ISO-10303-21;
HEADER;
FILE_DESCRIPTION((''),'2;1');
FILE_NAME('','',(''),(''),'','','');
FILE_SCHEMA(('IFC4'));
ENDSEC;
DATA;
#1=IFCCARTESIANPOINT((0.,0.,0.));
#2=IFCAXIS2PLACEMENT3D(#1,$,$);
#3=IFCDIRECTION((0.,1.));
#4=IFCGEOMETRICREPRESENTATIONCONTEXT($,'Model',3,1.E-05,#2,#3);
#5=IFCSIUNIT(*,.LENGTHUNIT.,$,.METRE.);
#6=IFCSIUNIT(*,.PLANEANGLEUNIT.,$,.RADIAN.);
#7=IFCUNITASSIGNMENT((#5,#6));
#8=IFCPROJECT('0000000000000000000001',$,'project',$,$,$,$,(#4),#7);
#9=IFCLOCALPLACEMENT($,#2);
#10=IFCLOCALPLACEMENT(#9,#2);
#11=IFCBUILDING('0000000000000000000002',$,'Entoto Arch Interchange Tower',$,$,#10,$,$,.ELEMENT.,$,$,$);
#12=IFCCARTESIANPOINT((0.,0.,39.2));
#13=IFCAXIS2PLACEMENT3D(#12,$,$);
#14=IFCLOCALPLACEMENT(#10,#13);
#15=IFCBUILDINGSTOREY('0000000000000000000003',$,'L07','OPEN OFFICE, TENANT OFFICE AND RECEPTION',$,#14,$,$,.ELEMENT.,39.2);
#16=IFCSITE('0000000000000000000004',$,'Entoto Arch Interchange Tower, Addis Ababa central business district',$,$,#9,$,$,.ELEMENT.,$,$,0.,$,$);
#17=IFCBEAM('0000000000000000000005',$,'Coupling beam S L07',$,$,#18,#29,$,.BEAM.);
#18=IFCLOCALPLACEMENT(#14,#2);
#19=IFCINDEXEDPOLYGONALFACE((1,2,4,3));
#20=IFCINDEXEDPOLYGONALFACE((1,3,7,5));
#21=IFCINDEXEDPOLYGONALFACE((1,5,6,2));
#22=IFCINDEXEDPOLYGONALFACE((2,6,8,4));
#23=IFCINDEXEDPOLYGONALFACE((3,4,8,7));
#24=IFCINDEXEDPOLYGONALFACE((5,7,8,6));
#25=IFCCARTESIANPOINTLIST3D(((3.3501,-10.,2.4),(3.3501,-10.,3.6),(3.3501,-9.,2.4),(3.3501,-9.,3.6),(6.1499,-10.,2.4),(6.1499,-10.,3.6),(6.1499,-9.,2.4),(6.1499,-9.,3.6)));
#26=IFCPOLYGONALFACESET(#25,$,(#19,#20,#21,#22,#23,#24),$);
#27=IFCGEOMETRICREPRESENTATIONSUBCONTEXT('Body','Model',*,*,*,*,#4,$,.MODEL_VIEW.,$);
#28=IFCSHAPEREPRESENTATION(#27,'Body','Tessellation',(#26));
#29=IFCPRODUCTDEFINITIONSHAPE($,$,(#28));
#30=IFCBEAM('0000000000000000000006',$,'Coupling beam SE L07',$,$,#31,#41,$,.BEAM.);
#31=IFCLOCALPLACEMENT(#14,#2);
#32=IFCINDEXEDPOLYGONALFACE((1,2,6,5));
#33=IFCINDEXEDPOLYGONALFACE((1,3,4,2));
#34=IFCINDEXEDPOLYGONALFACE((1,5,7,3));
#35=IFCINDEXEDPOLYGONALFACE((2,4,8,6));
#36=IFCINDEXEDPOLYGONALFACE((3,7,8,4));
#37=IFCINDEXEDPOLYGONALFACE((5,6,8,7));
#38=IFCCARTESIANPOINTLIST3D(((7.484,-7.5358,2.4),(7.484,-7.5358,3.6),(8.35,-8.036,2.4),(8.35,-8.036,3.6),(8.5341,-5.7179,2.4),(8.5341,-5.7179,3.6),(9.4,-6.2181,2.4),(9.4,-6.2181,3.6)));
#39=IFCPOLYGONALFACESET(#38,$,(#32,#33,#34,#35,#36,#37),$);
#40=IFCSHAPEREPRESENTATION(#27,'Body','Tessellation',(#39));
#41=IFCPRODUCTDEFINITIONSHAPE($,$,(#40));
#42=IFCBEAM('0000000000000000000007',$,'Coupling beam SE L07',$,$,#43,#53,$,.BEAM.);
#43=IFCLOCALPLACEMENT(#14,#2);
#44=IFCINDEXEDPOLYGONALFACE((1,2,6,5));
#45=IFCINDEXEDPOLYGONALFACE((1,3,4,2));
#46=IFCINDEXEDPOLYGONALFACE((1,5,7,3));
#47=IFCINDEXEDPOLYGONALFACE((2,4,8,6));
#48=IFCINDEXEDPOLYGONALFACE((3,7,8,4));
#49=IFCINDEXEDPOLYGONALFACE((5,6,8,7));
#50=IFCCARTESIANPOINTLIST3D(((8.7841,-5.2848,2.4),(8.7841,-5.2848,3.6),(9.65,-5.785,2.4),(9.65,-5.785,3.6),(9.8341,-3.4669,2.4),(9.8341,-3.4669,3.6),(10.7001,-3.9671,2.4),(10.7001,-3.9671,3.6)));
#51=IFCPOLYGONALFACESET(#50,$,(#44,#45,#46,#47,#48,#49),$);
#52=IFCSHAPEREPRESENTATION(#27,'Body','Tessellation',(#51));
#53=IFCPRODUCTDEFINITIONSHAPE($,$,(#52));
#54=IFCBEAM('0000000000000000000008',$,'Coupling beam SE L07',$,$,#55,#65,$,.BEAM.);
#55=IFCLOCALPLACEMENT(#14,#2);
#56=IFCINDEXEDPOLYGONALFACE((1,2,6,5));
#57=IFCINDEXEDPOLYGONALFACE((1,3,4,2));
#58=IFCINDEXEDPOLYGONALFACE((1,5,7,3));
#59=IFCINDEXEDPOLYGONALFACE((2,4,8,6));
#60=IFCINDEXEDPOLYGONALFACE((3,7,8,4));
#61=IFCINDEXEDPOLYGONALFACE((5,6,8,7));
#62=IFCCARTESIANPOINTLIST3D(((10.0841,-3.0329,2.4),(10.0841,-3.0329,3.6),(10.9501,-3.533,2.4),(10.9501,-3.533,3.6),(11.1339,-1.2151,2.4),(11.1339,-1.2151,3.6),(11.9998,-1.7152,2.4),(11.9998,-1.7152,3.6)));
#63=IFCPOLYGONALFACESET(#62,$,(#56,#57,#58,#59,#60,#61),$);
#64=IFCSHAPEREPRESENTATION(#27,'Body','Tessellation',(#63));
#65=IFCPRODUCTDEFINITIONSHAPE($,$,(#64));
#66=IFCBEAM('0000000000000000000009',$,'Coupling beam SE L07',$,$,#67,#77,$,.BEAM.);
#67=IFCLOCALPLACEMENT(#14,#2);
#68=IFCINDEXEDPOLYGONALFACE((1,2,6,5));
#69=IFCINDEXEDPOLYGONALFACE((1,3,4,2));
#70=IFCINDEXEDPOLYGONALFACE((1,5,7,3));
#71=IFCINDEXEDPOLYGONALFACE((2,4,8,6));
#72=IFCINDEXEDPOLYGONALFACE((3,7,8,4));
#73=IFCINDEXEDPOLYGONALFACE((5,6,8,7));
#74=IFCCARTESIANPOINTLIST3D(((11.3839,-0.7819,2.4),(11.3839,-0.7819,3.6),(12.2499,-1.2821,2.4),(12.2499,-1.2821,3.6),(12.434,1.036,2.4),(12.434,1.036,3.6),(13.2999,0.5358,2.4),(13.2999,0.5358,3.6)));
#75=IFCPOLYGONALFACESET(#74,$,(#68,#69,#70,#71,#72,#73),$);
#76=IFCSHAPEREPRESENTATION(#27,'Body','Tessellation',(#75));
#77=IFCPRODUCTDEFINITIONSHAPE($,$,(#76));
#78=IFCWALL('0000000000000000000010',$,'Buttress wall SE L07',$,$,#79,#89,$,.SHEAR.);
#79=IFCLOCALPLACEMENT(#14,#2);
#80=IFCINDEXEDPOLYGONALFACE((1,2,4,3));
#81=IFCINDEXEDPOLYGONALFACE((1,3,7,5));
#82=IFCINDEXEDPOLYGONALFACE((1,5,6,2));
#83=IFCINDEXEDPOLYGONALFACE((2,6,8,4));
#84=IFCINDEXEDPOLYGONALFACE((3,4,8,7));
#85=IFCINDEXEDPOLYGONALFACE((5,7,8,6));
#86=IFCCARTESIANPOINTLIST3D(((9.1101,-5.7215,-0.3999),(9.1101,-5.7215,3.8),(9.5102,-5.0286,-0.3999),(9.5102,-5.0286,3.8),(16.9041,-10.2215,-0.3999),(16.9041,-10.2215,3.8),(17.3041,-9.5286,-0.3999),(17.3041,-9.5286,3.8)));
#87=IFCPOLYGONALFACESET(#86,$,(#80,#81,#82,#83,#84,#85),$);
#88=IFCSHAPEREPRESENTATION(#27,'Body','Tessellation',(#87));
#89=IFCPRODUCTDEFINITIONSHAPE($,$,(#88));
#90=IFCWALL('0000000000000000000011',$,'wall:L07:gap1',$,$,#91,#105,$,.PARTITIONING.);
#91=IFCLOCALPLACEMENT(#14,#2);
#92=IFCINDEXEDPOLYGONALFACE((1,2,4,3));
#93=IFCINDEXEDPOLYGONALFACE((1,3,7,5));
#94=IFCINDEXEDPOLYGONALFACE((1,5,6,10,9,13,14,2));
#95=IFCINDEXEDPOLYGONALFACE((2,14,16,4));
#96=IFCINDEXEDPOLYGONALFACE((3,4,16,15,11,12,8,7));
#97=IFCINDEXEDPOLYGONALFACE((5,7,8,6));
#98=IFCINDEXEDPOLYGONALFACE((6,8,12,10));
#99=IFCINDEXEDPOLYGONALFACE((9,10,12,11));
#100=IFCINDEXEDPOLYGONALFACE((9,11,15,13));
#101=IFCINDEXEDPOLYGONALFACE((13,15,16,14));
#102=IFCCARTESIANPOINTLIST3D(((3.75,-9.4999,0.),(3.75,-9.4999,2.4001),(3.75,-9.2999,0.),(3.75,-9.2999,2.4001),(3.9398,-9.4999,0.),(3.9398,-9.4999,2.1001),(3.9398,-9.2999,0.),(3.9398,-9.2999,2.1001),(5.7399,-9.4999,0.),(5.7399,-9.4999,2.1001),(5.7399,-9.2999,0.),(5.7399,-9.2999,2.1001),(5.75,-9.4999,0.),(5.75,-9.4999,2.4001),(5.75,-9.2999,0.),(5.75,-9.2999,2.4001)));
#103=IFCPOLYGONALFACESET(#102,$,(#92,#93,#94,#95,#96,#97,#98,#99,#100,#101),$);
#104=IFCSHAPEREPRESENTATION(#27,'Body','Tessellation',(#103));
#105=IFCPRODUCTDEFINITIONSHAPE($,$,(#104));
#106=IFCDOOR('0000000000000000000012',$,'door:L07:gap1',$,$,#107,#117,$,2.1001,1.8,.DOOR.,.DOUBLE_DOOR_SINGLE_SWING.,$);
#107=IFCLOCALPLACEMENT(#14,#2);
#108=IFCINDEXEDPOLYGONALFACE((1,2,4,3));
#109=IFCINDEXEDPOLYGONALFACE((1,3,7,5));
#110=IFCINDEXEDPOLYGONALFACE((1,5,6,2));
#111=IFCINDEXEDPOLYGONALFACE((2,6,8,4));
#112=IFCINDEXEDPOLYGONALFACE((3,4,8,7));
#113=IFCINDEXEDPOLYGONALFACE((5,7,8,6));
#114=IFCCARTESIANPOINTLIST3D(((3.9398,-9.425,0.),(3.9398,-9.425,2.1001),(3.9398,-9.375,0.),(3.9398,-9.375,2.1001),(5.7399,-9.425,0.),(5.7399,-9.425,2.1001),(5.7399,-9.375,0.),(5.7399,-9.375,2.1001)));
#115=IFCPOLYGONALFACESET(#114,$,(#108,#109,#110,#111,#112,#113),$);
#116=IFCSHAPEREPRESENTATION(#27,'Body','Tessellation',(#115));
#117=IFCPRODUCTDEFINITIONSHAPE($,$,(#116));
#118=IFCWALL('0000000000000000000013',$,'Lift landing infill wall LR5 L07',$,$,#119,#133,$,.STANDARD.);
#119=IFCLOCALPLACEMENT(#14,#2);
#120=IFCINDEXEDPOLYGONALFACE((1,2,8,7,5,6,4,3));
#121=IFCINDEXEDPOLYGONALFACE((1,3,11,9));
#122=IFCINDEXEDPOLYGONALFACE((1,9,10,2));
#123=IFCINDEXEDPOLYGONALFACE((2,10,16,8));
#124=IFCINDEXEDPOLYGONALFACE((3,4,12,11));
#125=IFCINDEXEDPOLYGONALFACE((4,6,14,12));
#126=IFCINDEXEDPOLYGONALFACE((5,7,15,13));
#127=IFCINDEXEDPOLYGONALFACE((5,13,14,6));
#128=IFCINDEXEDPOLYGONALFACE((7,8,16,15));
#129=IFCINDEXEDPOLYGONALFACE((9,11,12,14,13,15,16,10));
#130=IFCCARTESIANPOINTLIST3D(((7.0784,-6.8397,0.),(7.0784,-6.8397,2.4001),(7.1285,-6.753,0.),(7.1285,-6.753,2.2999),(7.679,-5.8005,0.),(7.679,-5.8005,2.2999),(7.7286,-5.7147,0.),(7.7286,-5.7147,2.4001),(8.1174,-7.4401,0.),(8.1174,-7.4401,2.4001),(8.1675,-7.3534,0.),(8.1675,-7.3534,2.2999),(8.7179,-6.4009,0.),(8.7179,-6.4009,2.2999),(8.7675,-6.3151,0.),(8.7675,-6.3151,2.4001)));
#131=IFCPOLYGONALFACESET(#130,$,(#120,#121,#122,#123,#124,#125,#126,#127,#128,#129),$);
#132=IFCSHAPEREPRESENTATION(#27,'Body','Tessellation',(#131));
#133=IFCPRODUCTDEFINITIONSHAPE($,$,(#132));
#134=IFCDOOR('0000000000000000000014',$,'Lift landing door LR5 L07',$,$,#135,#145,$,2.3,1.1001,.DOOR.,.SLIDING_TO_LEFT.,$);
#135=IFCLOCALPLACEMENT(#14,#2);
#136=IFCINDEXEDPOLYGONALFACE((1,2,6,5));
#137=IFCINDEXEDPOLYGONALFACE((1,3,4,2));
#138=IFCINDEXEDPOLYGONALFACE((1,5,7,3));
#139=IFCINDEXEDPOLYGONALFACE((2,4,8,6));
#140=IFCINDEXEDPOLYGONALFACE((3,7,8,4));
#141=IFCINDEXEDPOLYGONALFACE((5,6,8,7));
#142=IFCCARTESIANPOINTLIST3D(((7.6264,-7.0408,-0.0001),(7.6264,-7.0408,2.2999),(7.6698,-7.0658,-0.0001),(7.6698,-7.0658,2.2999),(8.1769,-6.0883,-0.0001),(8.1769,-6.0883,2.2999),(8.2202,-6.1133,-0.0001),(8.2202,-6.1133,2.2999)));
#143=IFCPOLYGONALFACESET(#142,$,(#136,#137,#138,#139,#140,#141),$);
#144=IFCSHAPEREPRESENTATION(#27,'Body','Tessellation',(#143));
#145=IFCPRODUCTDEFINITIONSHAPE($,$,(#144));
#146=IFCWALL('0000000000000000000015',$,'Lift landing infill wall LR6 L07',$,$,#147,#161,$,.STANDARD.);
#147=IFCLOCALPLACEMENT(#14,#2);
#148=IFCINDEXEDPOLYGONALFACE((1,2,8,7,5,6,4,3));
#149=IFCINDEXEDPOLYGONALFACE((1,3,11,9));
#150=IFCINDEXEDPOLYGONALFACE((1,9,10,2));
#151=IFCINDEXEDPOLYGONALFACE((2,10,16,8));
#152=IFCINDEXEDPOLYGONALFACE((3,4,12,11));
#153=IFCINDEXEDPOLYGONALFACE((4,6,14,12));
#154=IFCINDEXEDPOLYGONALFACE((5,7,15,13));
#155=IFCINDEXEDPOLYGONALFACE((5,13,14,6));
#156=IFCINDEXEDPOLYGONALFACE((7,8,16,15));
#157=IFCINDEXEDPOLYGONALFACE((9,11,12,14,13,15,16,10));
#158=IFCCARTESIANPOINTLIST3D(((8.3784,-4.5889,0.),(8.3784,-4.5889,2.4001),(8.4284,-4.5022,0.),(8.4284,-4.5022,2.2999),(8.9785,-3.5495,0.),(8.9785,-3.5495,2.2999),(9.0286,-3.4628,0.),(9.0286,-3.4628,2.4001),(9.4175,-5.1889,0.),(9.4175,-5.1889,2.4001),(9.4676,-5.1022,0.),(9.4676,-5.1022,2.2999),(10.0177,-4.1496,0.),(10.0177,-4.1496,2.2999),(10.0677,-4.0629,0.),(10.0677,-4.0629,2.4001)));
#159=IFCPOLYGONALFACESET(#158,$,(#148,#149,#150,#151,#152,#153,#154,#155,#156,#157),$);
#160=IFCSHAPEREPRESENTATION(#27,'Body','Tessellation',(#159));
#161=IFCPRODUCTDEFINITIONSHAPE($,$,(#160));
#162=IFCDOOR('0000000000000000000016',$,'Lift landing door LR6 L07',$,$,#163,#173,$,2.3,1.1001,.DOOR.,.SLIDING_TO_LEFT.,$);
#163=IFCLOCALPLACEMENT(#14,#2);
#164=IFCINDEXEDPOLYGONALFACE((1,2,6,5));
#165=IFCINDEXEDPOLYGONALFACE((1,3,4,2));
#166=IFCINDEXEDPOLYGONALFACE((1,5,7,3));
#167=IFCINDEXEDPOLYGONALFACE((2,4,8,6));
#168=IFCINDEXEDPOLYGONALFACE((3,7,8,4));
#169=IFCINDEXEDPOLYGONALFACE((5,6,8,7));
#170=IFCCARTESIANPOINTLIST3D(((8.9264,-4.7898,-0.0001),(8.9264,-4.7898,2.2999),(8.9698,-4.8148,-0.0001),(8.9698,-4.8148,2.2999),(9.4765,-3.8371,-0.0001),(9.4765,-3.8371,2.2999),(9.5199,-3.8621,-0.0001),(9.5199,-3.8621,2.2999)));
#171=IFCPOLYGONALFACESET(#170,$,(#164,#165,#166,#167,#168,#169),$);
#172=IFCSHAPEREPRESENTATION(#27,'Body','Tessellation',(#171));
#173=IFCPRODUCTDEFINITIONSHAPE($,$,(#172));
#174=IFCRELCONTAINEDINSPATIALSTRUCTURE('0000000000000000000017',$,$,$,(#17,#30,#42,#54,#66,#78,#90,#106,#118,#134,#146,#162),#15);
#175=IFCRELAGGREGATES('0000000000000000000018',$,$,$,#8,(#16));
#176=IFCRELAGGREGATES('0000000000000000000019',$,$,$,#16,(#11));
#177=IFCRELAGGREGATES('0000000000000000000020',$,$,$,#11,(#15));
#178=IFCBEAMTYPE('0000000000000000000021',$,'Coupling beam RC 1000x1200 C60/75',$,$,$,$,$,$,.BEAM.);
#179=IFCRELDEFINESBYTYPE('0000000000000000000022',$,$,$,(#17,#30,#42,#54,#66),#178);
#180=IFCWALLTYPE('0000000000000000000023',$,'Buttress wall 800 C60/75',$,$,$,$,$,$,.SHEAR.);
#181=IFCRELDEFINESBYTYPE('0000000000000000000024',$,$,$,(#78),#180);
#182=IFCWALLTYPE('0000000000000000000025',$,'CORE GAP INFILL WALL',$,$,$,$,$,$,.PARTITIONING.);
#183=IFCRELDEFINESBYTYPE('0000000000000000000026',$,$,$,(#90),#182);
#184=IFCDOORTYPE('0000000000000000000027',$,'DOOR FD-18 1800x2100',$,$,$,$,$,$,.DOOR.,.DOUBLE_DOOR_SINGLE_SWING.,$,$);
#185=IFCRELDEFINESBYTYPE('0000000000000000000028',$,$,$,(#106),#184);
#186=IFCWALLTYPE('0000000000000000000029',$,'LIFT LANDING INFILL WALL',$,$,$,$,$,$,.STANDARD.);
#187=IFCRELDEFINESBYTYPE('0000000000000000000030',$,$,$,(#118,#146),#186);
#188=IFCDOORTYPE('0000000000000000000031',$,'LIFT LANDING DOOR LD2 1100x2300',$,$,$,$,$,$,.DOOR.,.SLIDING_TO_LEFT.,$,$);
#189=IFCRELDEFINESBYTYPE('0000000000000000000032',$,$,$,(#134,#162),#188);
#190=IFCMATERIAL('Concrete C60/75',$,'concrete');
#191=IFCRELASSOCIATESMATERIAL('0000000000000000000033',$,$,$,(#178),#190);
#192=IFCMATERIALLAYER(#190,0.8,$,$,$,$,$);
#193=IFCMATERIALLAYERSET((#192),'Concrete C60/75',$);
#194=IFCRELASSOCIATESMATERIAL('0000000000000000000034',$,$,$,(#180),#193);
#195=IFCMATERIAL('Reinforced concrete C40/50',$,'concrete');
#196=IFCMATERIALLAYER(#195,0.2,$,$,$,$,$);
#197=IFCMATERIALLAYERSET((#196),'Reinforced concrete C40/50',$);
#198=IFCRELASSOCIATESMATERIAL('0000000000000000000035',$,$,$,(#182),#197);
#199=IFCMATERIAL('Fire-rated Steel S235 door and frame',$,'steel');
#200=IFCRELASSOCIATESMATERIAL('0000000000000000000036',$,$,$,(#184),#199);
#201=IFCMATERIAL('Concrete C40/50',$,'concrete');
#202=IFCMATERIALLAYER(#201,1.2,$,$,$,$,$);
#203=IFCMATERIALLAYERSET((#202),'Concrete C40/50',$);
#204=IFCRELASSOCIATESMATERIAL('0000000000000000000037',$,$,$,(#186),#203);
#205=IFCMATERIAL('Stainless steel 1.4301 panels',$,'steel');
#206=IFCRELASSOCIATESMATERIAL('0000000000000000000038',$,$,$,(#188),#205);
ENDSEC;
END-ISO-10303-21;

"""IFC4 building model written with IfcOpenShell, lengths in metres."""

from ifc_helpers import new_model, si_unit, direction, frame, frame_2d, origin, origin_2d, place, context, subcontext, project, spatial, rectangle, extrude, material, layer, layer_set, material_profile, profile_set, type_object, element, fill, save


model = new_model("IFC4")

# Units and contexts
model_context = context("Model", 3, precision=1e-05, world=origin(), true_north=direction((0.0, 1.0)))
body_context = subcontext(model_context, "Body", "Model", "MODEL_VIEW")
ifc_project = project(units=[si_unit("LENGTHUNIT", "METRE"), si_unit("PLANEANGLEUNIT", "RADIAN")], contexts=[model_context])

# Site, building, storey
site_placement = place(None, origin())
site = spatial("IfcSite", under=ifc_project, at=site_placement, Name="Entoto Arch Interchange Tower, Addis Ababa central business district", CompositionType="ELEMENT", RefElevation=0.0)
building_placement = place(site_placement, origin())
building = spatial("IfcBuilding", under=site, at=building_placement, Name="Entoto Arch Interchange Tower", CompositionType="ELEMENT")
storey_placement = place(building_placement, frame((0.0, 0.0, 39.2)))
storey = spatial("IfcBuildingStorey", under=building, at=storey_placement, Name="L07", Description="OPEN OFFICE, TENANT OFFICE AND RECEPTION", CompositionType="ELEMENT", Elevation=39.2)

# Beams
ifc_material_1 = material(Name="Concrete C60/75", Category="concrete")
ifc_material_profile = material_profile(ifc_material_1, rectangle(XDim=1.0, YDim=1.2, at=origin_2d()))
ifc_profile_set = profile_set([ifc_material_profile], Name="Concrete C60/75")
beam_type = type_object("IfcBeamType", Name="Coupling beam RC 1000x1200 C60/75", PredefinedType="BEAM", material=ifc_profile_set)
beam_1_placement = place(storey_placement, frame((3.3501, -9.5, 3.0), z_axis=(1.0, 0.0, 0.0), x_axis=(0.0, 1.0, 0.0)))
element("IfcBeam", 1, at=beam_1_placement, inside=storey, type_object=beam_type, Name="Coupling beam S L07", PredefinedType="BEAM", context=body_context, shape_type="SweptSolid", body=[
    extrude(rectangle(XDim=1.0, YDim=1.2, at=origin_2d()), origin(), (0.0, 0.0, 1.0), 2.7998),
])
for number, where, z_axis, x_axis, name in (
    (2, (7.917, -7.7859, 3.0), (0.500179, 0.865922, 0.0), (-0.865922, 0.500179, 0.0), "Coupling beam SE L07"),
    (3, (9.217, -5.5349, 3.0), (0.500179, 0.865922, 0.0), (-0.865922, 0.500179, 0.0), "Coupling beam SE L07"),
):
    element("IfcBeam", number, at=place(storey_placement, frame(where, z_axis=z_axis, x_axis=x_axis)), inside=storey, type_object=beam_type, Name=name, PredefinedType="BEAM", context=body_context, shape_type="SweptSolid", body=[
        extrude(rectangle(XDim=1.0, YDim=1.2, at=origin_2d()), origin(), (0.0, 0.0, 1.0), 2.0994),
    ])
beam_2_placement = place(storey_placement, frame((10.5171, -3.283, 3.0), z_axis=(0.500092, 0.865973, 0.0), x_axis=(-0.865973, 0.500092, 0.0)))
element("IfcBeam", 4, at=beam_2_placement, inside=storey, type_object=beam_type, Name="Coupling beam SE L07", PredefinedType="BEAM", context=body_context, shape_type="SweptSolid", body=[
    extrude(rectangle(XDim=1.0, YDim=1.2, at=origin_2d()), origin(), (0.0, 0.0, 1.0), 2.0991),
])
beam_3_placement = place(storey_placement, frame((11.8169, -1.032, 3.0), z_axis=(0.500179, 0.865922, 0.0), x_axis=(-0.865922, 0.500179, 0.0)))
element("IfcBeam", 5, at=beam_3_placement, inside=storey, type_object=beam_type, Name="Coupling beam SE L07", PredefinedType="BEAM", context=body_context, shape_type="SweptSolid", body=[
    extrude(rectangle(XDim=1.0, YDim=1.2, at=origin_2d()), origin(), (0.0, 0.0, 1.0), 2.0994),
])

# Wall
ifc_layer_1 = layer(ifc_material_1, 0.8)
ifc_layer_set_1 = layer_set([ifc_layer_1], Name="Concrete C60/75")
wall_type_1 = type_object("IfcWallType", Name="Buttress wall 800 C60/75", PredefinedType="SHEAR", material=ifc_layer_set_1)
wall_1_placement = place(storey_placement, frame((9.3101, -5.375, -0.3999), z_axis=(0.0, 0.0, 1.0), x_axis=(0.866018, -0.500014, 0.0)))
element("IfcWall", 6, at=wall_1_placement, inside=storey, type_object=wall_type_1, Name="Buttress wall SE L07", PredefinedType="SHEAR", context=body_context, shape_type="SweptSolid", body=[
    extrude(rectangle(XDim=8.9998, YDim=0.8, at=frame_2d((4.5, 0.0))), origin(), (0.0, 0.0, 1.0), 4.2),
])

# Walls, openings, doors
ifc_material_2 = material(Name="Reinforced concrete C40/50", Category="concrete")
ifc_layer_2 = layer(ifc_material_2, 0.2)
ifc_layer_set_2 = layer_set([ifc_layer_2], Name="Reinforced concrete C40/50")
wall_type_2 = type_object("IfcWallType", Name="CORE GAP INFILL WALL", PredefinedType="PARTITIONING", material=ifc_layer_set_2)
wall_2_placement = place(storey_placement, frame((3.75, -9.3999, 0.0), z_axis=(0.0, 0.0, 1.0), x_axis=(1.0, 0.0, 0.0)))
wall_2 = element("IfcWall", 7, at=wall_2_placement, inside=storey, type_object=wall_type_2, Name="wall:L07:gap1", PredefinedType="PARTITIONING", context=body_context, shape_type="SweptSolid", body=[
    extrude(rectangle(XDim=2.0, YDim=0.2, at=frame_2d((1.0, 0.0))), origin(), (0.0, 0.0, 1.0), 2.4001),
])
opening_1_placement = place(wall_2_placement, frame((0.1899, 0.0, 0.0)))
opening_1 = element("IfcOpeningElement", 8, at=opening_1_placement, cuts=wall_2, PredefinedType="OPENING", context=body_context, shape_type="SweptSolid", body=[
    extrude(rectangle(XDim=1.8, YDim=2.1001, at=frame_2d((0.8999, 1.05))), frame((0.0, 0.1099, 0.0), z_axis=(0.0, -1.0, 0.0), x_axis=(1.0, 0.0, 0.0)), (0.0, 0.0, 1.0), 0.22),
])
ifc_material_3 = material(Name="Fire-rated Steel S235 door and frame", Category="steel")
door_type_1 = type_object("IfcDoorType", Name="DOOR FD-18 1800x2100", OperationType="DOUBLE_DOOR_SINGLE_SWING", PredefinedType="DOOR", material=ifc_material_3)
door_1_placement = place(opening_1_placement, origin())
door_1 = element("IfcDoor", 9, at=door_1_placement, inside=storey, type_object=door_type_1, Name="door:L07:gap1", OperationType="DOUBLE_DOOR_SINGLE_SWING", OverallHeight=2.1001, OverallWidth=1.8, PredefinedType="DOOR", context=body_context, shape_type="SweptSolid", body=[
    extrude(rectangle(XDim=1.8, YDim=2.1001, at=frame_2d((0.8999, 1.05))), frame((0.0, 0.0249, 0.0), z_axis=(0.0, -1.0, 0.0), x_axis=(1.0, 0.0, 0.0)), (0.0, 0.0, 1.0), 0.05),
])
fill(opening_1, door_1)
ifc_material_4 = material(Name="Concrete C40/50", Category="concrete")
ifc_layer_3 = layer(ifc_material_4, 1.2)
ifc_layer_set_3 = layer_set([ifc_layer_3], Name="Concrete C40/50")
wall_type_3 = type_object("IfcWallType", Name="LIFT LANDING INFILL WALL", PredefinedType="STANDARD", material=ifc_layer_set_3)
wall_3_placement = place(storey_placement, frame((7.5979, -7.1399, 0.0), z_axis=(0.0, 0.0, 1.0), x_axis=(0.500362, 0.865816, 0.0)))
wall_3 = element("IfcWall", 10, at=wall_3_placement, inside=storey, type_object=wall_type_3, Name="Lift landing infill wall LR5 L07", PredefinedType="STANDARD", context=body_context, shape_type="SweptSolid", body=[
    extrude(rectangle(XDim=1.2993, YDim=1.2, at=frame_2d((0.6497, 0.0))), origin(), (0.0, 0.0, 1.0), 2.4001),
])
opening_2_placement = place(wall_3_placement, frame((0.1001, 0.0, 0.0)))
opening_2 = element("IfcOpeningElement", 11, at=opening_2_placement, cuts=wall_3, PredefinedType="OPENING", context=body_context, shape_type="SweptSolid", body=[
    extrude(rectangle(XDim=1.1001, YDim=2.3, at=frame_2d((0.55, 1.1499))), frame((0.0, 0.6099, 0.0), z_axis=(0.0, -1.0, 0.0), x_axis=(1.0, 0.0, 0.0)), (0.0, 0.0, 1.0), 1.22),
])
ifc_material_5 = material(Name="Stainless steel 1.4301 panels", Category="steel")
door_type_2 = type_object("IfcDoorType", Name="LIFT LANDING DOOR LD2 1100x2300", OperationType="SLIDING_TO_LEFT", PredefinedType="DOOR", material=ifc_material_5)
door_2_placement = place(opening_2_placement, origin())
door_2 = element("IfcDoor", 12, at=door_2_placement, inside=storey, type_object=door_type_2, Name="Lift landing door LR5 L07", OperationType="SLIDING_TO_LEFT", OverallHeight=2.3, OverallWidth=1.1001, PredefinedType="DOOR", context=body_context, shape_type="SweptSolid", body=[
    extrude(rectangle(XDim=1.1001, YDim=2.3, at=frame_2d((0.55, 1.1499))), frame((0.0, 0.0249, 0.0), z_axis=(0.0, -1.0, 0.0), x_axis=(1.0, 0.0, 0.0)), (0.0, 0.0, 1.0), 0.05),
])
fill(opening_2, door_2)
wall_4_placement = place(storey_placement, frame((8.8979, -4.8889, 0.0), z_axis=(0.0, 0.0, 1.0), x_axis=(0.500037, 0.866004, 0.0)))
wall_4 = element("IfcWall", 13, at=wall_4_placement, inside=storey, type_object=wall_type_3, Name="Lift landing infill wall LR6 L07", PredefinedType="STANDARD", context=body_context, shape_type="SweptSolid", body=[
    extrude(rectangle(XDim=1.3003, YDim=1.2, at=frame_2d((0.6501, 0.0))), origin(), (0.0, 0.0, 1.0), 2.4001),
])
opening_3_placement = place(wall_4_placement, frame((0.1001, 0.0, 0.0)))
opening_3 = element("IfcOpeningElement", 14, at=opening_3_placement, cuts=wall_4, PredefinedType="OPENING", context=body_context, shape_type="SweptSolid", body=[
    extrude(rectangle(XDim=1.1001, YDim=2.3, at=frame_2d((0.55, 1.1499))), frame((0.0, 0.6099, 0.0), z_axis=(0.0, -1.0, 0.0), x_axis=(1.0, 0.0, 0.0)), (0.0, 0.0, 1.0), 1.22),
])
door_3_placement = place(opening_3_placement, origin())
door_3 = element("IfcDoor", 15, at=door_3_placement, inside=storey, type_object=door_type_2, Name="Lift landing door LR6 L07", OperationType="SLIDING_TO_LEFT", OverallHeight=2.3, OverallWidth=1.1001, PredefinedType="DOOR", context=body_context, shape_type="SweptSolid", body=[
    extrude(rectangle(XDim=1.1001, YDim=2.3, at=frame_2d((0.55, 1.1499))), frame((0.0, 0.0249, 0.0), z_axis=(0.0, -1.0, 0.0), x_axis=(1.0, 0.0, 0.0)), (0.0, 0.0, 1.0), 0.05),
])
fill(opening_3, door_3)

save(model, "model.ifc")
